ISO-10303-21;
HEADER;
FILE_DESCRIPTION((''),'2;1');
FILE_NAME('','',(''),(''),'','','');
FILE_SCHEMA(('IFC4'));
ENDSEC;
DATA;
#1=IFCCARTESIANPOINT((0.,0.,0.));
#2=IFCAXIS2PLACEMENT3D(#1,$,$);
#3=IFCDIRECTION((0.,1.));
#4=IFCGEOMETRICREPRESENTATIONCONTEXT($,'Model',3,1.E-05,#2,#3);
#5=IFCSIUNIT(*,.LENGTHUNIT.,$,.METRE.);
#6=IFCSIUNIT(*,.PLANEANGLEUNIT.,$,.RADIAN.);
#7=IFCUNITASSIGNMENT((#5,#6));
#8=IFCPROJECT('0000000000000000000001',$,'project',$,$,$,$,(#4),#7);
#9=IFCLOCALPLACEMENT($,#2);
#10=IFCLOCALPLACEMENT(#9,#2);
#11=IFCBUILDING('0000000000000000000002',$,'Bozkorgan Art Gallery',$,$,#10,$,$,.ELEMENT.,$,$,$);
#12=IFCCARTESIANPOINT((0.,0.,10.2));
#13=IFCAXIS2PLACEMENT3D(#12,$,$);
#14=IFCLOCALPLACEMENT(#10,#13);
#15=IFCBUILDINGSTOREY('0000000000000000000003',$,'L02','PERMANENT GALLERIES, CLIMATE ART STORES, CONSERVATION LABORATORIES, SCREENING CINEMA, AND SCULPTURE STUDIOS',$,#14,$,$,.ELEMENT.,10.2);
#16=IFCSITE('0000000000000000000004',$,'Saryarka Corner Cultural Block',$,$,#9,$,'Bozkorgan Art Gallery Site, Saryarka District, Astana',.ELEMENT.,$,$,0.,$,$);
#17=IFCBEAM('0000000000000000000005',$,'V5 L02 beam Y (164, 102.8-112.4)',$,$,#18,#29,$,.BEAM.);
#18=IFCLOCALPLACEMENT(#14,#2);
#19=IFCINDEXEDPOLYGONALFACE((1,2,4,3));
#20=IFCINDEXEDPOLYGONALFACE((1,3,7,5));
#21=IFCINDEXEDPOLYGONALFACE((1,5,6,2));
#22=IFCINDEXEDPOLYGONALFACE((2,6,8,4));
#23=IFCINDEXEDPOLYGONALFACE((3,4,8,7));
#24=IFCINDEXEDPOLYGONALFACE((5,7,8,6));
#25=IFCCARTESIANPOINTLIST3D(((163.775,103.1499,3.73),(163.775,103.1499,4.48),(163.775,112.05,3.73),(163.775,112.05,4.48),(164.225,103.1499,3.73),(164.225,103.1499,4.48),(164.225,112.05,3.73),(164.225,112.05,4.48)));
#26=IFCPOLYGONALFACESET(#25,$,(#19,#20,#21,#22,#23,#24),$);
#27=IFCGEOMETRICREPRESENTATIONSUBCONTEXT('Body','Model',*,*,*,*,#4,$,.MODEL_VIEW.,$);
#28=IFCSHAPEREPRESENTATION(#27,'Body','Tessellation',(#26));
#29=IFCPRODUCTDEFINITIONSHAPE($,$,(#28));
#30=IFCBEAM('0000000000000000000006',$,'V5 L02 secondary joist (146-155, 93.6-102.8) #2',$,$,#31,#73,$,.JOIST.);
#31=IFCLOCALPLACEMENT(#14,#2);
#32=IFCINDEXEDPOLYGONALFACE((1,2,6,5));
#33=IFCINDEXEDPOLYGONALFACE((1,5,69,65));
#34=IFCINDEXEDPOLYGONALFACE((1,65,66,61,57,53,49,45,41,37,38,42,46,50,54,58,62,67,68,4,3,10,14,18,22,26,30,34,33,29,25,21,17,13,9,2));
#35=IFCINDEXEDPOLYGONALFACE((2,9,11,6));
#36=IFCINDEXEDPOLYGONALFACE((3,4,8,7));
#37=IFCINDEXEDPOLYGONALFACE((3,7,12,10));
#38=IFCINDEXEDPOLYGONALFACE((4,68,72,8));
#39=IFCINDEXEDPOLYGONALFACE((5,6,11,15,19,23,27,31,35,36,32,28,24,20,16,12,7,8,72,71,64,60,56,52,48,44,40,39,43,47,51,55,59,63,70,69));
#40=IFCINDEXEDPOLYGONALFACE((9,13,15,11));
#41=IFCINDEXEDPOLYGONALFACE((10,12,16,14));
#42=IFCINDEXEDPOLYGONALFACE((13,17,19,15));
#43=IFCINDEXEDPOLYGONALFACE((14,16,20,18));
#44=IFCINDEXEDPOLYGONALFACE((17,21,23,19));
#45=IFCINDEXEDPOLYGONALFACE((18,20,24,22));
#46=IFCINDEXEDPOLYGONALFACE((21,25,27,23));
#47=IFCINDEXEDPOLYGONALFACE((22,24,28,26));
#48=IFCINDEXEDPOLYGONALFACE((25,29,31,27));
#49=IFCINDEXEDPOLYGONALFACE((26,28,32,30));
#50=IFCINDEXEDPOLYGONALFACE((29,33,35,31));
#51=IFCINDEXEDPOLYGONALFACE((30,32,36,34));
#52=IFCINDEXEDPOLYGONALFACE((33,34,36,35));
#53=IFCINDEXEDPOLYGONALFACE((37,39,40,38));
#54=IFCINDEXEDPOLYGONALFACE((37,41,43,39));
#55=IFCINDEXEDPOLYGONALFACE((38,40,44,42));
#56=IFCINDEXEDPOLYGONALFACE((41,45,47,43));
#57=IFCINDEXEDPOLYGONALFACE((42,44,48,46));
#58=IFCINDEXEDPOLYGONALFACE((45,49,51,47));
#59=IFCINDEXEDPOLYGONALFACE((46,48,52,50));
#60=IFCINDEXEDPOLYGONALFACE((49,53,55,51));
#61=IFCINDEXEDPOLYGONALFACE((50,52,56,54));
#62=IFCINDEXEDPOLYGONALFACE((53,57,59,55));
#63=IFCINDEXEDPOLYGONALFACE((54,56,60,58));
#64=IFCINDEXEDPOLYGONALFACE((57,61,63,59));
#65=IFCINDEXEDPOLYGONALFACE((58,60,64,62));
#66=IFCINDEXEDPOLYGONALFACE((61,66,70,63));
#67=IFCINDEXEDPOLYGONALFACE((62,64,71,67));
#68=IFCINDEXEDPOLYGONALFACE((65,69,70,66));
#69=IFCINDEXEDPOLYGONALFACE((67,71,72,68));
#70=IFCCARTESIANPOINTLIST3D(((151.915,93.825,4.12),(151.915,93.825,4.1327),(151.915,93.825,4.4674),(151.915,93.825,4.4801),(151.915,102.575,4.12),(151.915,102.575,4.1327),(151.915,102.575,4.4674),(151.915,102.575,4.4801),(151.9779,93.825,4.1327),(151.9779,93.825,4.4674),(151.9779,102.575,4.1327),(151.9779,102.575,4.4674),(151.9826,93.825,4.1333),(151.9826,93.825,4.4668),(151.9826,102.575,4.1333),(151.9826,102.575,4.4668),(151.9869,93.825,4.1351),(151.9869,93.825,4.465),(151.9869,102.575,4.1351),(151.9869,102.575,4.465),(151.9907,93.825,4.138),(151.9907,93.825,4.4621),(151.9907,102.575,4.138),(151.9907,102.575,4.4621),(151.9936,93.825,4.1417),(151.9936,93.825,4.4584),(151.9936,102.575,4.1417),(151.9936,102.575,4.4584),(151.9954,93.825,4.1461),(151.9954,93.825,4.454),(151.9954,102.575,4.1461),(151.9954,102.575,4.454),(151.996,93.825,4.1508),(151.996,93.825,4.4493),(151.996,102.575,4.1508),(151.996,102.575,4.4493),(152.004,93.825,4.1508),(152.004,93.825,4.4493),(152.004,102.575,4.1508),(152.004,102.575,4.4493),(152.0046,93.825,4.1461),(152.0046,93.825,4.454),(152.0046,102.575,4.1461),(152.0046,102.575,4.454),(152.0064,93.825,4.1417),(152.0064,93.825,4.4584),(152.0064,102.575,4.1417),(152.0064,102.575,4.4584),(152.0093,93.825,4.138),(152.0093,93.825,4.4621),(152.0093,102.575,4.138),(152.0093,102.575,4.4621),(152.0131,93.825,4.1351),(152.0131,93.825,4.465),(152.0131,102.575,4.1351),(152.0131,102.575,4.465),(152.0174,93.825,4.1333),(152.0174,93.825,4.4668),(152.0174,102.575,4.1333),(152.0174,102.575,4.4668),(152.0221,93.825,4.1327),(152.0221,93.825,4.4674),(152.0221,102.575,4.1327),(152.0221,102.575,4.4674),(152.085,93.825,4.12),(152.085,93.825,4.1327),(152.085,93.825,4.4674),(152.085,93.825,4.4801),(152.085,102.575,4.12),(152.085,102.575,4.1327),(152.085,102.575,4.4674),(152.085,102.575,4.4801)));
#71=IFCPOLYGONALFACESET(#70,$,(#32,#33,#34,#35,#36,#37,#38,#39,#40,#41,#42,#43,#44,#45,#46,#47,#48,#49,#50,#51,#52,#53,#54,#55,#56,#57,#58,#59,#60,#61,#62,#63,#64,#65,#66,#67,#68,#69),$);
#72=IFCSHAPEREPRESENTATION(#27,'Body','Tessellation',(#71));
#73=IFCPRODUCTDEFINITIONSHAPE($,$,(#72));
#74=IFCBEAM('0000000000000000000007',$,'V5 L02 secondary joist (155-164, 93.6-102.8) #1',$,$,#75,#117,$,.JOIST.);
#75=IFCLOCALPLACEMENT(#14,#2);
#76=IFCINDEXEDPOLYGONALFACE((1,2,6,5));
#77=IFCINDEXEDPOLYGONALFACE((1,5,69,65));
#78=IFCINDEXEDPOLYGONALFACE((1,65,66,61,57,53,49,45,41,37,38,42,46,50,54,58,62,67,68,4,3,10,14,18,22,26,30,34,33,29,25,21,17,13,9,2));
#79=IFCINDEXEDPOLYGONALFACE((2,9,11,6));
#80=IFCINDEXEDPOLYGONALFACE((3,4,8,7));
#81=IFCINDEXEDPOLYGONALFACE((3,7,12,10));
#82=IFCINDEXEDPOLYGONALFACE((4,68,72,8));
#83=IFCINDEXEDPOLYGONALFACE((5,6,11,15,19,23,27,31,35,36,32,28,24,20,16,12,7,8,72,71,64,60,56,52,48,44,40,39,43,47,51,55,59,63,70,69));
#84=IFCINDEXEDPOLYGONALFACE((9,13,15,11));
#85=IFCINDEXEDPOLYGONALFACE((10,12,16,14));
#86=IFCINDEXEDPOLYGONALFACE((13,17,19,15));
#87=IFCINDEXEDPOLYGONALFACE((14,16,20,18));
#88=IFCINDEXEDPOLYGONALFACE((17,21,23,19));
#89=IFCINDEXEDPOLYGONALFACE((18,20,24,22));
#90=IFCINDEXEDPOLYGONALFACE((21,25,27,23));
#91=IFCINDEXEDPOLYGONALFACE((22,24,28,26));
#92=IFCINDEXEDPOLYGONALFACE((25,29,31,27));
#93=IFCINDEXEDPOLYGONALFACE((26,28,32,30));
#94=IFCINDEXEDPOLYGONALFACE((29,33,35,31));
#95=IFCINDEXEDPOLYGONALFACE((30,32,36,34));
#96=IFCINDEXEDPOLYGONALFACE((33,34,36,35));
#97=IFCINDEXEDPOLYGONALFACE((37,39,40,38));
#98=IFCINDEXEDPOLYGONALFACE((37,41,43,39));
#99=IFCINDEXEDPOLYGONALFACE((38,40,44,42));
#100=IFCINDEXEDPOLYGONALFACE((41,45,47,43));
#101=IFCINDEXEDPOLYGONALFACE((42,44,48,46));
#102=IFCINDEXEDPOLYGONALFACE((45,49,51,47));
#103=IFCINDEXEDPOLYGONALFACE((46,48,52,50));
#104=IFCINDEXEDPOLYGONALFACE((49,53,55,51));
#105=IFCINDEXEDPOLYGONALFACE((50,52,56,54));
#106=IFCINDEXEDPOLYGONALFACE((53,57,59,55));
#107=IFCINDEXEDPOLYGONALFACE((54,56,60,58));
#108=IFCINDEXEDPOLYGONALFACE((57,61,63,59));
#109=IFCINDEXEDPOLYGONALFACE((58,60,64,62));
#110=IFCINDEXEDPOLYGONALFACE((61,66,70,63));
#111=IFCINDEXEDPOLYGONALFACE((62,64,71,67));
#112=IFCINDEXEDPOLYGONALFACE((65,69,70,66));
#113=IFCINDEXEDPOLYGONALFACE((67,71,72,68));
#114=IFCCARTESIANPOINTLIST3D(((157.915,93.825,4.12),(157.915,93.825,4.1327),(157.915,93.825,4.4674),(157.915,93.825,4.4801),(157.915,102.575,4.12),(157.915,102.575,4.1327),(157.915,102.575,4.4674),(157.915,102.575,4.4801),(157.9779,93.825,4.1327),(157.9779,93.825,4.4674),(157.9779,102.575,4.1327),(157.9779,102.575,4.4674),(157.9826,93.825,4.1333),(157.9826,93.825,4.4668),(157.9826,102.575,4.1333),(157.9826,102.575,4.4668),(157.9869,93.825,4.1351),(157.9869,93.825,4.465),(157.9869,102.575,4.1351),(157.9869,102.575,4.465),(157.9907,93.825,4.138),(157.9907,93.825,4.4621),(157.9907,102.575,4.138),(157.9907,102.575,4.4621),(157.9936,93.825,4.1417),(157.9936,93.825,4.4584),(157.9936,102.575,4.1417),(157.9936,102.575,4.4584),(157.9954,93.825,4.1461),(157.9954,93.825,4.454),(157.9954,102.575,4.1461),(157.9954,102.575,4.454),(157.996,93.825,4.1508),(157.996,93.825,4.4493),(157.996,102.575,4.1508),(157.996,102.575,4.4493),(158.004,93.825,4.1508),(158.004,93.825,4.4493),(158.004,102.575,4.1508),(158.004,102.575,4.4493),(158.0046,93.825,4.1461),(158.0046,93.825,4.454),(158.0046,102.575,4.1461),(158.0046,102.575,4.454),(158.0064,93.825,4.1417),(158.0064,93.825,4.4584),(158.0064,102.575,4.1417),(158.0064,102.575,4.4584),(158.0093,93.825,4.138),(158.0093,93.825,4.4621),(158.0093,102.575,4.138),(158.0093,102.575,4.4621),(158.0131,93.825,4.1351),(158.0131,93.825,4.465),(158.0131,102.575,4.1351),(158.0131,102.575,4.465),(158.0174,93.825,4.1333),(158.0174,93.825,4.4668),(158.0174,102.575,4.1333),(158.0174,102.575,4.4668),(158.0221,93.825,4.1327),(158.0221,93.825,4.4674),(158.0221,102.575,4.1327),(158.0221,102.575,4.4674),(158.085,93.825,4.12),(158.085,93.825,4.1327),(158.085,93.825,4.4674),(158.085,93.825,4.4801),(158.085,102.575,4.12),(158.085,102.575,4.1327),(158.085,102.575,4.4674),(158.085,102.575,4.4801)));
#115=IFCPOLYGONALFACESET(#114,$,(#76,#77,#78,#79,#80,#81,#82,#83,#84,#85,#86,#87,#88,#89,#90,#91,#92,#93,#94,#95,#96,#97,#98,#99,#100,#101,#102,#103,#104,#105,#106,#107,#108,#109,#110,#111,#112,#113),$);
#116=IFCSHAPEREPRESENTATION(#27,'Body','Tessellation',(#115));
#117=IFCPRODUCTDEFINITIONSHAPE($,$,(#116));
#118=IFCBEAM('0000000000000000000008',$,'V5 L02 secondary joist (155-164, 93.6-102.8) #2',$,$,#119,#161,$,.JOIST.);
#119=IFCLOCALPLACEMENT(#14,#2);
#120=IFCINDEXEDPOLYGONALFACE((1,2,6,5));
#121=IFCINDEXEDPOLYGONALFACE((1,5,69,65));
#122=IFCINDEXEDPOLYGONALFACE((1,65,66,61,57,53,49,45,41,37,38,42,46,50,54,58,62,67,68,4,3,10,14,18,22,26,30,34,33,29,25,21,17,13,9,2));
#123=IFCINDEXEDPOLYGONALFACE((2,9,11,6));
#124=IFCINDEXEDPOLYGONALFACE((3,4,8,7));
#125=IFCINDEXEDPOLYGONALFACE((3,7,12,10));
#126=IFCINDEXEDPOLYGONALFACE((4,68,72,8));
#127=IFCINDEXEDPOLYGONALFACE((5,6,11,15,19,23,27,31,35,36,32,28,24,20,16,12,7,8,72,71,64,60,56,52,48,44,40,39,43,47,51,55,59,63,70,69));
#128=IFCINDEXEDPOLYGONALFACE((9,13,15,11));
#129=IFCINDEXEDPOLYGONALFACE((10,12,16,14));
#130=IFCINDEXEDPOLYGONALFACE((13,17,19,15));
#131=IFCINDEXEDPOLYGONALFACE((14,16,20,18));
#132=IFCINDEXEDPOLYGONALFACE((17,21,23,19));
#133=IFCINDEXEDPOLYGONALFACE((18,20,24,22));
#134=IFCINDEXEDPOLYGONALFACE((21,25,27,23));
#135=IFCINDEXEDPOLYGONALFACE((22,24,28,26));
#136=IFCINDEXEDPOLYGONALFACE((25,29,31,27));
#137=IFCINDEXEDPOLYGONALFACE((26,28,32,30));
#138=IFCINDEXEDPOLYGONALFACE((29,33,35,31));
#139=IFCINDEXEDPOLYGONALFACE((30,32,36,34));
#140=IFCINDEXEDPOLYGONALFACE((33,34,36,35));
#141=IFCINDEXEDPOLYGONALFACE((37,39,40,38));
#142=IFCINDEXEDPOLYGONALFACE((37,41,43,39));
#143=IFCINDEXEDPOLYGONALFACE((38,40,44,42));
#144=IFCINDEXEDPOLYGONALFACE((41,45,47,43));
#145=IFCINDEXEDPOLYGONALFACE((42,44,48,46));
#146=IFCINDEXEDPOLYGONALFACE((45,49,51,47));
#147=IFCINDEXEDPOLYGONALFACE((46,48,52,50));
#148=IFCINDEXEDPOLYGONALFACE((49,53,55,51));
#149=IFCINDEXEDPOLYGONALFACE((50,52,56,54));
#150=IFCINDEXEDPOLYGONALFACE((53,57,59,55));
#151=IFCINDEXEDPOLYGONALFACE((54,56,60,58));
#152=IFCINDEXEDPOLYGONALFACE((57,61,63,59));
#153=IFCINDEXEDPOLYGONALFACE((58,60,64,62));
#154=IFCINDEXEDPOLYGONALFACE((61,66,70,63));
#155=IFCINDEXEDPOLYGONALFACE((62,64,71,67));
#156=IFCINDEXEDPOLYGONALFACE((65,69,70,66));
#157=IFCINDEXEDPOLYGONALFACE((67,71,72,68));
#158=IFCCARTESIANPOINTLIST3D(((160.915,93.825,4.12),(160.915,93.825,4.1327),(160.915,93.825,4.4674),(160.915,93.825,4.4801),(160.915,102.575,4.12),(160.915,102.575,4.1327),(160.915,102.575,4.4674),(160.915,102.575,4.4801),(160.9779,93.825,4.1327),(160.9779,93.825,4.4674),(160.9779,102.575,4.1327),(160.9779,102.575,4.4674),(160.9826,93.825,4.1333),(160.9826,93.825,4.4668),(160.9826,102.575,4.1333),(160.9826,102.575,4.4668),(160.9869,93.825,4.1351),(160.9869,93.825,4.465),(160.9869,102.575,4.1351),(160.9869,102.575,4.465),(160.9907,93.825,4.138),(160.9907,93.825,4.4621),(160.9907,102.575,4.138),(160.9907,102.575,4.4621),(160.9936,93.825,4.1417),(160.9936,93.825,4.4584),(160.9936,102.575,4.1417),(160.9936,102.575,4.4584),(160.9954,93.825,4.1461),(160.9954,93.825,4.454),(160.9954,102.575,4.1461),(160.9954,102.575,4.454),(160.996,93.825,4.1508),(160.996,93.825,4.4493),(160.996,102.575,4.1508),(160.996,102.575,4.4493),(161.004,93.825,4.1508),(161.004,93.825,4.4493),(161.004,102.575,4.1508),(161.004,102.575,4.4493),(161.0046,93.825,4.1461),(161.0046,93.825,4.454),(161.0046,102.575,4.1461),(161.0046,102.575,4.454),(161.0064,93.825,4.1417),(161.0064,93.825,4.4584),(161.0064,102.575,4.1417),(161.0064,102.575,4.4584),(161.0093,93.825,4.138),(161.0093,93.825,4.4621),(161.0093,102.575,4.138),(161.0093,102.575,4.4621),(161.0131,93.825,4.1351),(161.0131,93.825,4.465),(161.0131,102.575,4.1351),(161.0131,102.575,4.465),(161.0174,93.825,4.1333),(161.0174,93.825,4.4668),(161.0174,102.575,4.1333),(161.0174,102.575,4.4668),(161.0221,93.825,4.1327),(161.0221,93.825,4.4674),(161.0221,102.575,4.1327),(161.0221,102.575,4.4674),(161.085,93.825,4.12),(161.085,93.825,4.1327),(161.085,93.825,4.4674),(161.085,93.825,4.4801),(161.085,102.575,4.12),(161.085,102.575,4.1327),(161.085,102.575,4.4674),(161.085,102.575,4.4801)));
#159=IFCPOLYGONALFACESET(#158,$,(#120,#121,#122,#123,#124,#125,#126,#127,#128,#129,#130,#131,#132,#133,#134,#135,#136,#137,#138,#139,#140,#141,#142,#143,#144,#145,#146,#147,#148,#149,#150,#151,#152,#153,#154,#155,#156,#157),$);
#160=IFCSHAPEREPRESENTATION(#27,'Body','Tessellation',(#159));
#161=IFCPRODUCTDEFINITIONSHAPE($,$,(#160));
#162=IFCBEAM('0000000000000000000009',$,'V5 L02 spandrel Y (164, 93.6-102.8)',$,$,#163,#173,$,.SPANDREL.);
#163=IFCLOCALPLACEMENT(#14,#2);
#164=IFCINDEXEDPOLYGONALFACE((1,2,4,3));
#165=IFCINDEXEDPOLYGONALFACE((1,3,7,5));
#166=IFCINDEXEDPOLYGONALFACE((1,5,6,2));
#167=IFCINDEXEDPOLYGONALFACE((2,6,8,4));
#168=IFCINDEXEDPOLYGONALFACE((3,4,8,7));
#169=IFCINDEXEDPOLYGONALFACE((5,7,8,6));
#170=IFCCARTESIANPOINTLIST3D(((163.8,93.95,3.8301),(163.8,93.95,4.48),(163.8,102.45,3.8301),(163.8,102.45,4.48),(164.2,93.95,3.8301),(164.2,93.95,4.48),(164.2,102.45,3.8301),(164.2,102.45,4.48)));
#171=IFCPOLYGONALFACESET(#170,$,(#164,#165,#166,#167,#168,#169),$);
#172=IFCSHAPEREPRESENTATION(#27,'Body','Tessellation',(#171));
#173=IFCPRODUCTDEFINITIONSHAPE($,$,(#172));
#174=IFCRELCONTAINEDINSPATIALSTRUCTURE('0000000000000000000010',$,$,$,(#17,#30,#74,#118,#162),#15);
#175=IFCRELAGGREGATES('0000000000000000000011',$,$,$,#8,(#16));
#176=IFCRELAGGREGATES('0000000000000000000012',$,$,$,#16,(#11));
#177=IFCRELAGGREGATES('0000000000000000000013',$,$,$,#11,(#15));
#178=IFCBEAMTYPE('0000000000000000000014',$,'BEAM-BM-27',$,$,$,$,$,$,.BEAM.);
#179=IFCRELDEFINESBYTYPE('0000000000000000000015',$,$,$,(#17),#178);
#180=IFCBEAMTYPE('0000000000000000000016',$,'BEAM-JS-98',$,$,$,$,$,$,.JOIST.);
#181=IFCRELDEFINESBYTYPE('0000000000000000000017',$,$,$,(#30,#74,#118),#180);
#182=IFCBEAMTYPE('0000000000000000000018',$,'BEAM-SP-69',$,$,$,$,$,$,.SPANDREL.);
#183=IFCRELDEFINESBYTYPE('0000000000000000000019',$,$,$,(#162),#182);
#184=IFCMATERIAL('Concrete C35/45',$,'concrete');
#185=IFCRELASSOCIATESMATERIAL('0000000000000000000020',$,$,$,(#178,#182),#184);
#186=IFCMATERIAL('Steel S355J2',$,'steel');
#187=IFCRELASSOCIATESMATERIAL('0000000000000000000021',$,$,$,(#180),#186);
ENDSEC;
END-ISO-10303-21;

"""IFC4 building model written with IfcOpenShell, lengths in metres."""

from ifc_helpers import new_model, si_unit, direction, frame, origin, origin_2d, place, context, subcontext, project, spatial, rectangle, i_section, extrude, material, material_profile, profile_set, type_object, element, save


model = new_model("IFC4")

# Units and contexts
model_context = context("Model", 3, precision=1e-05, world=origin(), true_north=direction((0.0, 1.0)))
body_context = subcontext(model_context, "Body", "Model", "MODEL_VIEW")
ifc_project = project(units=[si_unit("LENGTHUNIT", "METRE"), si_unit("PLANEANGLEUNIT", "RADIAN")], contexts=[model_context])

# Site, building, storey
site_placement = place(None, origin())
site = spatial("IfcSite", under=ifc_project, at=site_placement, Name="Saryarka Corner Cultural Block", LongName="Bozkorgan Art Gallery Site, Saryarka District, Astana", CompositionType="ELEMENT", RefElevation=0.0)
building_placement = place(site_placement, origin())
building = spatial("IfcBuilding", under=site, at=building_placement, Name="Bozkorgan Art Gallery", CompositionType="ELEMENT")
storey_placement = place(building_placement, frame((0.0, 0.0, 10.2)))
storey = spatial("IfcBuildingStorey", under=building, at=storey_placement, Name="L02", Description="PERMANENT GALLERIES, CLIMATE ART STORES, CONSERVATION LABORATORIES, SCREENING CINEMA, AND SCULPTURE STUDIOS", CompositionType="ELEMENT", Elevation=10.2)

# Beams
ifc_material_1 = material(Name="Concrete C35/45", Category="concrete")
ifc_material_profile_1 = material_profile(ifc_material_1, rectangle(XDim=0.45, YDim=0.75, at=origin_2d()), Name="RC 450x750")
ifc_profile_set_1 = profile_set([ifc_material_profile_1], Name="Concrete C35/45")
beam_type_1 = type_object("IfcBeamType", Name="BEAM-BM-27", PredefinedType="BEAM", material=ifc_profile_set_1)
beam_1_placement = place(storey_placement, frame((164.0, 103.1499, 4.105), z_axis=(0.0, 1.0, 0.0), x_axis=(-1.0, 0.0, 0.0)))
element("IfcBeam", 1, at=beam_1_placement, inside=storey, type_object=beam_type_1, Name="V5 L02 beam Y (164, 102.8-112.4)", PredefinedType="BEAM", context=body_context, shape_type="SweptSolid", body=[
    extrude(rectangle(XDim=0.45, YDim=0.75, at=origin_2d()), origin(), (0.0, 0.0, 1.0), 8.9001),
])
ifc_material_2 = material(Name="Steel S355J2", Category="steel")
ifc_material_profile_2 = material_profile(ifc_material_2, i_section(OverallWidth=0.1699, OverallDepth=0.3601, WebThickness=0.0081, FlangeThickness=0.0127, FilletRadius=0.0181, at=origin_2d()), Name="IPE 360")
ifc_profile_set_2 = profile_set([ifc_material_profile_2], Name="Steel S355J2")
beam_type_2 = type_object("IfcBeamType", Name="BEAM-JS-98", PredefinedType="JOIST", material=ifc_profile_set_2)
for number, where, z_axis, x_axis, name in (
    (2, (152.0, 93.825, 4.3), (0.0, 1.0, 0.0), (-1.0, 0.0, 0.0), "V5 L02 secondary joist (146-155, 93.6-102.8) #2"),
    (3, (158.0, 93.825, 4.3), (0.0, 1.0, 0.0), (-1.0, 0.0, 0.0), "V5 L02 secondary joist (155-164, 93.6-102.8) #1"),
    (4, (161.0, 93.825, 4.3), (0.0, 1.0, 0.0), (-1.0, 0.0, 0.0), "V5 L02 secondary joist (155-164, 93.6-102.8) #2"),
):
    element("IfcBeam", number, at=place(storey_placement, frame(where, z_axis=z_axis, x_axis=x_axis)), inside=storey, type_object=beam_type_2, Name=name, PredefinedType="JOIST", context=body_context, shape_type="SweptSolid", body=[
        extrude(i_section(OverallWidth=0.1699, OverallDepth=0.3601, WebThickness=0.0081, FlangeThickness=0.0127, FilletRadius=0.0181, at=origin_2d()), origin(), (0.0, 0.0, 1.0), 8.75),
    ])
ifc_material_profile_3 = material_profile(ifc_material_1, rectangle(XDim=0.3999, YDim=0.6499, at=origin_2d()), Name="RC 400x650")
ifc_profile_set_3 = profile_set([ifc_material_profile_3], Name="Concrete C35/45")
beam_type_3 = type_object("IfcBeamType", Name="BEAM-SP-69", PredefinedType="SPANDREL", material=ifc_profile_set_3)
beam_2_placement = place(storey_placement, frame((164.0, 93.95, 4.155), z_axis=(0.0, 1.0, 0.0), x_axis=(-1.0, 0.0, 0.0)))
element("IfcBeam", 5, at=beam_2_placement, inside=storey, type_object=beam_type_3, Name="V5 L02 spandrel Y (164, 93.6-102.8)", PredefinedType="SPANDREL", context=body_context, shape_type="SweptSolid", body=[
    extrude(rectangle(XDim=0.3999, YDim=0.6499, at=origin_2d()), origin(), (0.0, 0.0, 1.0), 8.5),
])

save(model, "model.ifc")
